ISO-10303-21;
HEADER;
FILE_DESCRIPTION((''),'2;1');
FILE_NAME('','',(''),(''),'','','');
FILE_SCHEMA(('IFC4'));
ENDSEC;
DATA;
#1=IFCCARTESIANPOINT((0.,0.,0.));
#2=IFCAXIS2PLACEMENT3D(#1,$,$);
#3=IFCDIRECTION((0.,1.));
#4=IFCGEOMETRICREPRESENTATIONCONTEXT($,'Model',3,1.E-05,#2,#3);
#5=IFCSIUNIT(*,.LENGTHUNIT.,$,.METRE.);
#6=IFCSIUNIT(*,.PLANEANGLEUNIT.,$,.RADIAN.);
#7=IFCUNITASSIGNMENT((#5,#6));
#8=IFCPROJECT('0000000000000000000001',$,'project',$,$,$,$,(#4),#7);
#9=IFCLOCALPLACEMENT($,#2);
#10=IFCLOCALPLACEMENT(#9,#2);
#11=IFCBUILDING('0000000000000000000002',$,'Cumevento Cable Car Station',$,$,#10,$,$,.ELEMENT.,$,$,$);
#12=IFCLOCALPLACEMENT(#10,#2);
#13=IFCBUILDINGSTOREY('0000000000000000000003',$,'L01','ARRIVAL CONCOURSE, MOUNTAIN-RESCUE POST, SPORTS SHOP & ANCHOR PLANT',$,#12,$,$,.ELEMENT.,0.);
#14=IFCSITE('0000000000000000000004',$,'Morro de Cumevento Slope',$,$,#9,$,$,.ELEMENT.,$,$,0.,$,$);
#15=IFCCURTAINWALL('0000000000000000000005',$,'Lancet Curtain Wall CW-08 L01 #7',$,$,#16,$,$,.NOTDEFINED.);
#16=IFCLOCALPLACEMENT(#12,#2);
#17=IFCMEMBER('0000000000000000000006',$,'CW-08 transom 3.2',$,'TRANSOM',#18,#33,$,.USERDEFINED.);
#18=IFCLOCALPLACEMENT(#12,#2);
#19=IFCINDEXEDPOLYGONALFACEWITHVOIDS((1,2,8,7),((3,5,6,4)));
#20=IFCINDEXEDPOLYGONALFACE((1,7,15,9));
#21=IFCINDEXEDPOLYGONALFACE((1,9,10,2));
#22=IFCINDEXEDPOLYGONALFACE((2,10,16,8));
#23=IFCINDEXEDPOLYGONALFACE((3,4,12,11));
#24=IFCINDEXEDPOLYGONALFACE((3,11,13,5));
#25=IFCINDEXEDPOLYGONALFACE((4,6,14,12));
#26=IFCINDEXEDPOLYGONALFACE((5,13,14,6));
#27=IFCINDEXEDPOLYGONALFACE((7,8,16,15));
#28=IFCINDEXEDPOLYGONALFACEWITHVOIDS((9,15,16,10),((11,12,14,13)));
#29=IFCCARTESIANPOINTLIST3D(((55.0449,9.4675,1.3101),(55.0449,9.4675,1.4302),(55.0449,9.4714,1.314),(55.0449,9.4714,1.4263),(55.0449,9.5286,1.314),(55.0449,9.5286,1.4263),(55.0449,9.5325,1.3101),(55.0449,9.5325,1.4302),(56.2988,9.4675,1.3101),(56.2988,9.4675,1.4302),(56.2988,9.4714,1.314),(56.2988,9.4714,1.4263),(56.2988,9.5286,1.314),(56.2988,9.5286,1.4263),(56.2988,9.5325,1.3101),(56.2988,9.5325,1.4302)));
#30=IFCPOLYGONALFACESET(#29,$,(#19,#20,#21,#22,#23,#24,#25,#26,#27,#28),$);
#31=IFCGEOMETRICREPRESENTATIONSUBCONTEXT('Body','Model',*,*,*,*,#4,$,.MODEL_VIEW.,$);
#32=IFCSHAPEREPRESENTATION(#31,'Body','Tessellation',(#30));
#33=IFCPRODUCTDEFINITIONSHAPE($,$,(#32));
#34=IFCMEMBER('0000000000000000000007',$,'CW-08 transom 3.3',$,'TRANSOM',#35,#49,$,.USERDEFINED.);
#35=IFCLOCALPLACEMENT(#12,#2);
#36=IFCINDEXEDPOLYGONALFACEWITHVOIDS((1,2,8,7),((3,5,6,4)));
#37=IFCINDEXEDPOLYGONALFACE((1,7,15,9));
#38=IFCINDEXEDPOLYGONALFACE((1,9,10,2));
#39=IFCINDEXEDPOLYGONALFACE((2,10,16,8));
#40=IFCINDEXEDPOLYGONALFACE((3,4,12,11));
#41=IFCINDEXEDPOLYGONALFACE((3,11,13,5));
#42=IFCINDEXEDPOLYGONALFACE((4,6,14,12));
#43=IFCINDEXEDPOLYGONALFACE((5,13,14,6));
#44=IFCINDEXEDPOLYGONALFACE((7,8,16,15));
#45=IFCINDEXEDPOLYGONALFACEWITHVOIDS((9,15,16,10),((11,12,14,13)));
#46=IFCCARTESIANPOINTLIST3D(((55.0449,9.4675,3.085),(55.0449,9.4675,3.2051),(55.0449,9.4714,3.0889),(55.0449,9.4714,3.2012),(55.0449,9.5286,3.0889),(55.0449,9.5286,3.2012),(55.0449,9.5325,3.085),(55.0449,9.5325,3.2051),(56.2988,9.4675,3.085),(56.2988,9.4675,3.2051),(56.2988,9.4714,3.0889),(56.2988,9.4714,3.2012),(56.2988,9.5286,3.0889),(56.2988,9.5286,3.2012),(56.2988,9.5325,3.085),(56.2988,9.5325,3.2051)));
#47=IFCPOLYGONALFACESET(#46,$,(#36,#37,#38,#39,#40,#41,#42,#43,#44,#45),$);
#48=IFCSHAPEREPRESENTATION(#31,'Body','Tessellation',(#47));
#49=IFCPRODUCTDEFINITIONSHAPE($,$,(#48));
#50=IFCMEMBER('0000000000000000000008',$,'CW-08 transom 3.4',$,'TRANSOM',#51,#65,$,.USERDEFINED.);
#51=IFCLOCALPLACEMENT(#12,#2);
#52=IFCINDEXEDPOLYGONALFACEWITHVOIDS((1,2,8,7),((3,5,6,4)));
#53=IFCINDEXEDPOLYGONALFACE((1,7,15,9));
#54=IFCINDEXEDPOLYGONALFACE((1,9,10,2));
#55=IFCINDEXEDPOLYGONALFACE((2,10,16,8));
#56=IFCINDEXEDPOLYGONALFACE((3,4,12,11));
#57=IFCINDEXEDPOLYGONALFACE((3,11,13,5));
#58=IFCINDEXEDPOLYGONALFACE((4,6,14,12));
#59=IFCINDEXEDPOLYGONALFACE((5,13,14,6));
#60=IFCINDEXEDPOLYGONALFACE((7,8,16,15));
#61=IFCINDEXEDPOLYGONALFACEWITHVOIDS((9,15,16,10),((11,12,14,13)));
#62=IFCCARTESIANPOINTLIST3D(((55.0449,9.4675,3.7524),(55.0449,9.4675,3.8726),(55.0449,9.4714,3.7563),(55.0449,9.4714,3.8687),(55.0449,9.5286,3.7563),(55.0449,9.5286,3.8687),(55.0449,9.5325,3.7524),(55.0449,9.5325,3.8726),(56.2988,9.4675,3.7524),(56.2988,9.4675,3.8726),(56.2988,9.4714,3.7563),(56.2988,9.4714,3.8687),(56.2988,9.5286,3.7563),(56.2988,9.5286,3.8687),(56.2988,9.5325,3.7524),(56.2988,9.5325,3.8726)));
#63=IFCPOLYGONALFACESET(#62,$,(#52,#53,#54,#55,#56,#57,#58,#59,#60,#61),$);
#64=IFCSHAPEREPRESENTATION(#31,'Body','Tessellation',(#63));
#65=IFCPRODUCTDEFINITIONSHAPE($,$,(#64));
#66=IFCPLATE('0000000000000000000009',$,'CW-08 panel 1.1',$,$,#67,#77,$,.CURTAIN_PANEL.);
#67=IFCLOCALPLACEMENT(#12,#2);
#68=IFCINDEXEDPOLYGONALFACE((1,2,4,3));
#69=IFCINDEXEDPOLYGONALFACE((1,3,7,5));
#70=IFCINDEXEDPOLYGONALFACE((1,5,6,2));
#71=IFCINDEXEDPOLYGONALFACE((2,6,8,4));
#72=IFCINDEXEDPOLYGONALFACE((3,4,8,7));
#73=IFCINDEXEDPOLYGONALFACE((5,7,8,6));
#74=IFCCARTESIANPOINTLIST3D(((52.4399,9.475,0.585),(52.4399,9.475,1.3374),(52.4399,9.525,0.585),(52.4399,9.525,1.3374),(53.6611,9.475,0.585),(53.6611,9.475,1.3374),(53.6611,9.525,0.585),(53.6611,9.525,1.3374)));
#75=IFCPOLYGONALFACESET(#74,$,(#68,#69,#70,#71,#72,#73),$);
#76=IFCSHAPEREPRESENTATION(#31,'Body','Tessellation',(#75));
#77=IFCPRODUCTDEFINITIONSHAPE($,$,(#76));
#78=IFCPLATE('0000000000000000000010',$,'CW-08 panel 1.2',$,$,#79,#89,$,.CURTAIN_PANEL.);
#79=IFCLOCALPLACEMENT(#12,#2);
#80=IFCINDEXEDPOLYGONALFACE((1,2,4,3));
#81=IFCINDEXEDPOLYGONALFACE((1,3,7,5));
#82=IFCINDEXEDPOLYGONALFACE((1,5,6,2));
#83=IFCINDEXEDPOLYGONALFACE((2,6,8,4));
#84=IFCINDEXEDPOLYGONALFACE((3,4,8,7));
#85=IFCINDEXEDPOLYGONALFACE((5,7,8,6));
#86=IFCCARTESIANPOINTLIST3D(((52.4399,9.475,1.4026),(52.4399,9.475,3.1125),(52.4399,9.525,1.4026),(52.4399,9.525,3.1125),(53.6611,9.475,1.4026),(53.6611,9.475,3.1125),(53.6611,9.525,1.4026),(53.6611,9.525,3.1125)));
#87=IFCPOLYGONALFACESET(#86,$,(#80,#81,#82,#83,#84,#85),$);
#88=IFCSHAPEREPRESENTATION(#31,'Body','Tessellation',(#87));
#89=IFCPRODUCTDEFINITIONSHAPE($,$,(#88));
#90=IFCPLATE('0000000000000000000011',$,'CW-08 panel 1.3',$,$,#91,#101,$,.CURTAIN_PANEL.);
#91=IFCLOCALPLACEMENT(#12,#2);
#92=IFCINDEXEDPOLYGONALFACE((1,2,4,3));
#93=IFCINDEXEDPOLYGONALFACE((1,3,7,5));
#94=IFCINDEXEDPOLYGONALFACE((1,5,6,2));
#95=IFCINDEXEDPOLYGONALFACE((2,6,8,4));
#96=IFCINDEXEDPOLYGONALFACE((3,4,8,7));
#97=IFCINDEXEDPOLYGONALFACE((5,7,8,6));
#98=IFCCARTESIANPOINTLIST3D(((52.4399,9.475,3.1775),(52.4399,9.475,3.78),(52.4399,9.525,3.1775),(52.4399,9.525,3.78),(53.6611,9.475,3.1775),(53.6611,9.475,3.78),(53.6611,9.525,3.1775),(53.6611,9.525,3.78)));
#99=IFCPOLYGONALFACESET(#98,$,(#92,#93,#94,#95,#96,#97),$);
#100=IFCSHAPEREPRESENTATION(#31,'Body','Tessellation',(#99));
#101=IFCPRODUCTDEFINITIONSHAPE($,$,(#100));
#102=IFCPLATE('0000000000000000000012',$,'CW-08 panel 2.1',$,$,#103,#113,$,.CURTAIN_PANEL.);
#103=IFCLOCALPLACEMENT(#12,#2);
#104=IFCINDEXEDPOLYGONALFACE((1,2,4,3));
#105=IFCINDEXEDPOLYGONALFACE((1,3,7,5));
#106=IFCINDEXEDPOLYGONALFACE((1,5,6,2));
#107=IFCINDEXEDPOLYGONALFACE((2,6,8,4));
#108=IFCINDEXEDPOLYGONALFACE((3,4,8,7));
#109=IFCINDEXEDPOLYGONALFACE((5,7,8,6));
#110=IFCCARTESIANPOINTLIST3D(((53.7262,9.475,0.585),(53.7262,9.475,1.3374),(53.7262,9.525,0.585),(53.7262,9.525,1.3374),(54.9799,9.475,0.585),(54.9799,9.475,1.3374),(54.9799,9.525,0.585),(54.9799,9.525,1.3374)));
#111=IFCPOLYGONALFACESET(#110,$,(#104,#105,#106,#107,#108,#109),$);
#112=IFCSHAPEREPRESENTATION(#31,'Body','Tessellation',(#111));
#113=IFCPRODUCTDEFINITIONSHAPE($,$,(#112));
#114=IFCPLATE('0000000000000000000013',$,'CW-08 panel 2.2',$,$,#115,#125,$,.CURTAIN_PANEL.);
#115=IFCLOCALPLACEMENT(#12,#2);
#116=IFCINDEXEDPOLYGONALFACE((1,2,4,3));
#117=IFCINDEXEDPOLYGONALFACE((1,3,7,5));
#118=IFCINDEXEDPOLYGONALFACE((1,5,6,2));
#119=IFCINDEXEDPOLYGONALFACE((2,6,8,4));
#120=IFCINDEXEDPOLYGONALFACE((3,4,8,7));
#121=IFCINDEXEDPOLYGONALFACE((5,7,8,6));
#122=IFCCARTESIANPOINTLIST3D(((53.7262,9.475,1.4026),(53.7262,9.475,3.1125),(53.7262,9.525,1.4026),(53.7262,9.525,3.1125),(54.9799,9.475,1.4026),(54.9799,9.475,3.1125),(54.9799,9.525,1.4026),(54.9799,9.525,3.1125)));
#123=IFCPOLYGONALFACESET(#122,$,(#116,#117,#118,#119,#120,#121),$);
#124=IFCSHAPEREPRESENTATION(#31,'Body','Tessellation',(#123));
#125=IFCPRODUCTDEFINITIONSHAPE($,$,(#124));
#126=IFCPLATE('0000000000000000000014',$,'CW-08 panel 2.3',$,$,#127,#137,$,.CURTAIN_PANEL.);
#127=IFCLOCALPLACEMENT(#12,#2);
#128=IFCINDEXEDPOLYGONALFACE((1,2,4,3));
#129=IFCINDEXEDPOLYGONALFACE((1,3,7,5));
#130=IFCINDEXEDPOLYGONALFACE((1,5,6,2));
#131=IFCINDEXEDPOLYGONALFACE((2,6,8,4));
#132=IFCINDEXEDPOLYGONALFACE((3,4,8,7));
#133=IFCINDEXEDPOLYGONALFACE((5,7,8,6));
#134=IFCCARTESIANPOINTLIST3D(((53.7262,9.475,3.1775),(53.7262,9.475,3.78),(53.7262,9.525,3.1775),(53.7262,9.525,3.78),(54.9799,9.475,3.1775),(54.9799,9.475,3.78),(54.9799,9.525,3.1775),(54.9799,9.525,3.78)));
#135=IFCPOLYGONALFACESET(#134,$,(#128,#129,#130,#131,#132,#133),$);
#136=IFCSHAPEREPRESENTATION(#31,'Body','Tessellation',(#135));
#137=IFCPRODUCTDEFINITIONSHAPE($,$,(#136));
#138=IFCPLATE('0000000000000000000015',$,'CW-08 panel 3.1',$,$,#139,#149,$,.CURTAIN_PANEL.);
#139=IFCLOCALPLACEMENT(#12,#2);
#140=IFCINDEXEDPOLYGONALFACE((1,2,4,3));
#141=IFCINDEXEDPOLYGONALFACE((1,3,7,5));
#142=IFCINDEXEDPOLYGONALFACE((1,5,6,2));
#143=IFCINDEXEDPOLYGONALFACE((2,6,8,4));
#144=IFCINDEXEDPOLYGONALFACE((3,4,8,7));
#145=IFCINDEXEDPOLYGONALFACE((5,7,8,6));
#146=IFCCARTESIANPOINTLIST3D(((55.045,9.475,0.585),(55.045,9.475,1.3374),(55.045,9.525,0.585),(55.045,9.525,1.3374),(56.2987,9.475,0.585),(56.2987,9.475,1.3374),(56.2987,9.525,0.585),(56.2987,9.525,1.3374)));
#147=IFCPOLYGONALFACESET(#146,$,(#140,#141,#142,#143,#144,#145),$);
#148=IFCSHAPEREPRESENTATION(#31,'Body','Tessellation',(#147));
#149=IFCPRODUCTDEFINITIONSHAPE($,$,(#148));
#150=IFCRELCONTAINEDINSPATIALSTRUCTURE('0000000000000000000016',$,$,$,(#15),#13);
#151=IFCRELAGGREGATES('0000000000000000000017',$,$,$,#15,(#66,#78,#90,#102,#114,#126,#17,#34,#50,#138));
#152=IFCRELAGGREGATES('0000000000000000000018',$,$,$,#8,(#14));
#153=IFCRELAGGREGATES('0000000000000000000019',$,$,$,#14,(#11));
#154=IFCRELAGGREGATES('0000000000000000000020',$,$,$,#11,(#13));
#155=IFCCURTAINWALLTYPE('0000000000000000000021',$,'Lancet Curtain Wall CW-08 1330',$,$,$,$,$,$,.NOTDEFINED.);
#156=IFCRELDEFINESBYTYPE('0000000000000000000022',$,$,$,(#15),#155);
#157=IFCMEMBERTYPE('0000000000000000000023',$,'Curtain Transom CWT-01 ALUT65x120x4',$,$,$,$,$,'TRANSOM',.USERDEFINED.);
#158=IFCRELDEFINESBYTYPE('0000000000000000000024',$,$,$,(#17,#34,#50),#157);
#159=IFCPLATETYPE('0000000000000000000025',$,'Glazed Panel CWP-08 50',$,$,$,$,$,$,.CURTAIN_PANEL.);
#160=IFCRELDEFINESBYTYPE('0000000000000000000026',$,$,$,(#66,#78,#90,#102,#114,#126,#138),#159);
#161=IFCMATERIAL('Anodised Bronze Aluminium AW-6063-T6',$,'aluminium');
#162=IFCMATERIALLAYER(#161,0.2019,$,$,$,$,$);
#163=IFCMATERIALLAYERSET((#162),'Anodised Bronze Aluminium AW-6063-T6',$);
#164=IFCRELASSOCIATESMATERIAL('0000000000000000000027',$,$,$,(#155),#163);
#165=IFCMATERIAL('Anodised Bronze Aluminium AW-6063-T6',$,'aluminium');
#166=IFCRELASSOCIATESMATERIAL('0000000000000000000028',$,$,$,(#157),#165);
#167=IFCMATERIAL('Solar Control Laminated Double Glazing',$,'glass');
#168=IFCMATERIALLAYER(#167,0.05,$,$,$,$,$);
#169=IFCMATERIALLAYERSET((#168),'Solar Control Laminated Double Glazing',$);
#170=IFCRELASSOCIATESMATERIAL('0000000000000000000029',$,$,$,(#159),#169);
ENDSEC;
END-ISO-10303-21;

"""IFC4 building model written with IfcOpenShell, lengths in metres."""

from ifc_helpers import new_model, si_unit, direction, frame, origin, origin_2d, place, context, subcontext, project, spatial, rectangle, hollow_rectangle, extrude, material, layer, layer_set, material_profile, profile_set, type_object, element, aggregate, save


model = new_model("IFC4")

# Units and contexts
model_context = context("Model", 3, precision=1e-05, world=origin(), true_north=direction((0.0, 1.0)))
body_context = subcontext(model_context, "Body", "Model", "MODEL_VIEW")
ifc_project = project(units=[si_unit("LENGTHUNIT", "METRE"), si_unit("PLANEANGLEUNIT", "RADIAN")], contexts=[model_context])

# Site, building, storey
site_placement = place(None, origin())
site = spatial("IfcSite", under=ifc_project, at=site_placement, Name="Morro de Cumevento Slope", CompositionType="ELEMENT", RefElevation=0.0)
building_placement = place(site_placement, origin())
building = spatial("IfcBuilding", under=site, at=building_placement, Name="Cumevento Cable Car Station", CompositionType="ELEMENT")
storey_placement = place(building_placement, origin())
storey = spatial("IfcBuildingStorey", under=building, at=storey_placement, Name="L01", Description="ARRIVAL CONCOURSE, MOUNTAIN-RESCUE POST, SPORTS SHOP & ANCHOR PLANT", CompositionType="ELEMENT", Elevation=0.0)

# Curtain wall, members, plates
ifc_material_1 = material(Name="Anodised Bronze Aluminium AW-6063-T6", Category="aluminium")
ifc_layer_1 = layer(ifc_material_1, 0.2019)
ifc_layer_set_1 = layer_set([ifc_layer_1], Name="Anodised Bronze Aluminium AW-6063-T6")
curtain_wall_type = type_object("IfcCurtainWallType", Name="Lancet Curtain Wall CW-08 1330", PredefinedType="NOTDEFINED", material=ifc_layer_set_1)
curtain_wall_placement = place(storey_placement, origin())
curtain_wall = element("IfcCurtainWall", 1, at=curtain_wall_placement, inside=storey, type_object=curtain_wall_type, Name="Lancet Curtain Wall CW-08 L01 #7", PredefinedType="NOTDEFINED")
ifc_material_2 = material(Name="Anodised Bronze Aluminium AW-6063-T6", Category="aluminium")
ifc_material_profile_1 = material_profile(ifc_material_2, hollow_rectangle(XDim=0.0649, YDim=0.1201, WallThickness=0.0039, at=origin_2d()), Name="ALUT65x120x4")
ifc_profile_set_1 = profile_set([ifc_material_profile_1], Name="Anodised Bronze Aluminium AW-6063-T6")
member_type_1 = type_object("IfcMemberType", Name="Curtain Transom CWT-01 ALUT65x120x4", ElementType="TRANSOM", PredefinedType="USERDEFINED", material=ifc_profile_set_1)
member_1_placement = place(storey_placement, frame((55.0449, 9.5, 1.3701), z_axis=(1.0, 0.0, 0.0), x_axis=(0.0, 1.0, 0.0)))
member_1 = element("IfcMember", 2, at=member_1_placement, type_object=member_type_1, Name="CW-08 transom 3.2", ObjectType="TRANSOM", PredefinedType="USERDEFINED", context=body_context, shape_type="SweptSolid", body=[
    extrude(hollow_rectangle(XDim=0.0649, YDim=0.1201, WallThickness=0.0039, at=origin_2d()), origin(), (0.0, 0.0, 1.0), 1.2539),
])
member_2_placement = place(storey_placement, frame((55.0449, 9.5, 3.145), z_axis=(1.0, 0.0, 0.0), x_axis=(0.0, 1.0, 0.0)))
member_2 = element("IfcMember", 3, at=member_2_placement, type_object=member_type_1, Name="CW-08 transom 3.3", ObjectType="TRANSOM", PredefinedType="USERDEFINED", context=body_context, shape_type="SweptSolid", body=[
    extrude(hollow_rectangle(XDim=0.0649, YDim=0.1201, WallThickness=0.0039, at=origin_2d()), origin(), (0.0, 0.0, 1.0), 1.2539),
])
member_3_placement = place(storey_placement, frame((55.0449, 9.5, 3.8125), z_axis=(1.0, 0.0, 0.0), x_axis=(0.0, 1.0, 0.0)))
member_3 = element("IfcMember", 4, at=member_3_placement, type_object=member_type_1, Name="CW-08 transom 3.4", ObjectType="TRANSOM", PredefinedType="USERDEFINED", context=body_context, shape_type="SweptSolid", body=[
    extrude(hollow_rectangle(XDim=0.0649, YDim=0.1201, WallThickness=0.0039, at=origin_2d()), origin(), (0.0, 0.0, 1.0), 1.2539),
])
ifc_material_3 = material(Name="Solar Control Laminated Double Glazing", Category="glass")
ifc_layer_2 = layer(ifc_material_3, 0.05)
ifc_layer_set_2 = layer_set([ifc_layer_2], Name="Solar Control Laminated Double Glazing")
plate_type = type_object("IfcPlateType", Name="Glazed Panel CWP-08 50", PredefinedType="CURTAIN_PANEL", material=ifc_layer_set_2)
plate_1_placement = place(storey_placement, frame((53.0505, 9.5, 0.585), z_axis=(0.0, 0.0, 1.0), x_axis=(1.0, 0.0, 0.0)))
plate_1 = element("IfcPlate", 5, at=plate_1_placement, type_object=plate_type, Name="CW-08 panel 1.1", PredefinedType="CURTAIN_PANEL", context=body_context, shape_type="SweptSolid", body=[
    extrude(rectangle(XDim=1.2212, YDim=0.05, at=origin_2d()), origin(), (0.0, 0.0, 1.0), 0.7524),
])
plate_2_placement = place(storey_placement, frame((53.0505, 9.5, 1.4026), z_axis=(0.0, 0.0, 1.0), x_axis=(1.0, 0.0, 0.0)))
plate_2 = element("IfcPlate", 6, at=plate_2_placement, type_object=plate_type, Name="CW-08 panel 1.2", PredefinedType="CURTAIN_PANEL", context=body_context, shape_type="SweptSolid", body=[
    extrude(rectangle(XDim=1.2212, YDim=0.05, at=origin_2d()), origin(), (0.0, 0.0, 1.0), 1.71),
])
plate_3_placement = place(storey_placement, frame((53.0505, 9.5, 3.1775), z_axis=(0.0, 0.0, 1.0), x_axis=(1.0, 0.0, 0.0)))
plate_3 = element("IfcPlate", 7, at=plate_3_placement, type_object=plate_type, Name="CW-08 panel 1.3", PredefinedType="CURTAIN_PANEL", context=body_context, shape_type="SweptSolid", body=[
    extrude(rectangle(XDim=1.2212, YDim=0.05, at=origin_2d()), origin(), (0.0, 0.0, 1.0), 0.6025),
])
plate_4_placement = place(storey_placement, frame((54.353, 9.5, 0.585), z_axis=(0.0, 0.0, 1.0), x_axis=(1.0, 0.0, 0.0)))
plate_4 = element("IfcPlate", 8, at=plate_4_placement, type_object=plate_type, Name="CW-08 panel 2.1", PredefinedType="CURTAIN_PANEL", context=body_context, shape_type="SweptSolid", body=[
    extrude(rectangle(XDim=1.2537, YDim=0.05, at=origin_2d()), origin(), (0.0, 0.0, 1.0), 0.7524),
])
plate_5_placement = place(storey_placement, frame((54.353, 9.5, 1.4026), z_axis=(0.0, 0.0, 1.0), x_axis=(1.0, 0.0, 0.0)))
plate_5 = element("IfcPlate", 9, at=plate_5_placement, type_object=plate_type, Name="CW-08 panel 2.2", PredefinedType="CURTAIN_PANEL", context=body_context, shape_type="SweptSolid", body=[
    extrude(rectangle(XDim=1.2537, YDim=0.05, at=origin_2d()), origin(), (0.0, 0.0, 1.0), 1.71),
])
plate_6_placement = place(storey_placement, frame((54.353, 9.5, 3.1775), z_axis=(0.0, 0.0, 1.0), x_axis=(1.0, 0.0, 0.0)))
plate_6 = element("IfcPlate", 10, at=plate_6_placement, type_object=plate_type, Name="CW-08 panel 2.3", PredefinedType="CURTAIN_PANEL", context=body_context, shape_type="SweptSolid", body=[
    extrude(rectangle(XDim=1.2537, YDim=0.05, at=origin_2d()), origin(), (0.0, 0.0, 1.0), 0.6025),
])
plate_7_placement = place(storey_placement, frame((55.6719, 9.5, 0.585), z_axis=(0.0, 0.0, 1.0), x_axis=(1.0, 0.0, 0.0)))
plate_7 = element("IfcPlate", 11, at=plate_7_placement, type_object=plate_type, Name="CW-08 panel 3.1", PredefinedType="CURTAIN_PANEL", context=body_context, shape_type="SweptSolid", body=[
    extrude(rectangle(XDim=1.2537, YDim=0.05, at=origin_2d()), origin(), (0.0, 0.0, 1.0), 0.7524),
])
aggregate(curtain_wall, [plate_1, plate_2, plate_3, plate_4, plate_5, plate_6, member_1, member_2, member_3, plate_7])

save(model, "model.ifc")
